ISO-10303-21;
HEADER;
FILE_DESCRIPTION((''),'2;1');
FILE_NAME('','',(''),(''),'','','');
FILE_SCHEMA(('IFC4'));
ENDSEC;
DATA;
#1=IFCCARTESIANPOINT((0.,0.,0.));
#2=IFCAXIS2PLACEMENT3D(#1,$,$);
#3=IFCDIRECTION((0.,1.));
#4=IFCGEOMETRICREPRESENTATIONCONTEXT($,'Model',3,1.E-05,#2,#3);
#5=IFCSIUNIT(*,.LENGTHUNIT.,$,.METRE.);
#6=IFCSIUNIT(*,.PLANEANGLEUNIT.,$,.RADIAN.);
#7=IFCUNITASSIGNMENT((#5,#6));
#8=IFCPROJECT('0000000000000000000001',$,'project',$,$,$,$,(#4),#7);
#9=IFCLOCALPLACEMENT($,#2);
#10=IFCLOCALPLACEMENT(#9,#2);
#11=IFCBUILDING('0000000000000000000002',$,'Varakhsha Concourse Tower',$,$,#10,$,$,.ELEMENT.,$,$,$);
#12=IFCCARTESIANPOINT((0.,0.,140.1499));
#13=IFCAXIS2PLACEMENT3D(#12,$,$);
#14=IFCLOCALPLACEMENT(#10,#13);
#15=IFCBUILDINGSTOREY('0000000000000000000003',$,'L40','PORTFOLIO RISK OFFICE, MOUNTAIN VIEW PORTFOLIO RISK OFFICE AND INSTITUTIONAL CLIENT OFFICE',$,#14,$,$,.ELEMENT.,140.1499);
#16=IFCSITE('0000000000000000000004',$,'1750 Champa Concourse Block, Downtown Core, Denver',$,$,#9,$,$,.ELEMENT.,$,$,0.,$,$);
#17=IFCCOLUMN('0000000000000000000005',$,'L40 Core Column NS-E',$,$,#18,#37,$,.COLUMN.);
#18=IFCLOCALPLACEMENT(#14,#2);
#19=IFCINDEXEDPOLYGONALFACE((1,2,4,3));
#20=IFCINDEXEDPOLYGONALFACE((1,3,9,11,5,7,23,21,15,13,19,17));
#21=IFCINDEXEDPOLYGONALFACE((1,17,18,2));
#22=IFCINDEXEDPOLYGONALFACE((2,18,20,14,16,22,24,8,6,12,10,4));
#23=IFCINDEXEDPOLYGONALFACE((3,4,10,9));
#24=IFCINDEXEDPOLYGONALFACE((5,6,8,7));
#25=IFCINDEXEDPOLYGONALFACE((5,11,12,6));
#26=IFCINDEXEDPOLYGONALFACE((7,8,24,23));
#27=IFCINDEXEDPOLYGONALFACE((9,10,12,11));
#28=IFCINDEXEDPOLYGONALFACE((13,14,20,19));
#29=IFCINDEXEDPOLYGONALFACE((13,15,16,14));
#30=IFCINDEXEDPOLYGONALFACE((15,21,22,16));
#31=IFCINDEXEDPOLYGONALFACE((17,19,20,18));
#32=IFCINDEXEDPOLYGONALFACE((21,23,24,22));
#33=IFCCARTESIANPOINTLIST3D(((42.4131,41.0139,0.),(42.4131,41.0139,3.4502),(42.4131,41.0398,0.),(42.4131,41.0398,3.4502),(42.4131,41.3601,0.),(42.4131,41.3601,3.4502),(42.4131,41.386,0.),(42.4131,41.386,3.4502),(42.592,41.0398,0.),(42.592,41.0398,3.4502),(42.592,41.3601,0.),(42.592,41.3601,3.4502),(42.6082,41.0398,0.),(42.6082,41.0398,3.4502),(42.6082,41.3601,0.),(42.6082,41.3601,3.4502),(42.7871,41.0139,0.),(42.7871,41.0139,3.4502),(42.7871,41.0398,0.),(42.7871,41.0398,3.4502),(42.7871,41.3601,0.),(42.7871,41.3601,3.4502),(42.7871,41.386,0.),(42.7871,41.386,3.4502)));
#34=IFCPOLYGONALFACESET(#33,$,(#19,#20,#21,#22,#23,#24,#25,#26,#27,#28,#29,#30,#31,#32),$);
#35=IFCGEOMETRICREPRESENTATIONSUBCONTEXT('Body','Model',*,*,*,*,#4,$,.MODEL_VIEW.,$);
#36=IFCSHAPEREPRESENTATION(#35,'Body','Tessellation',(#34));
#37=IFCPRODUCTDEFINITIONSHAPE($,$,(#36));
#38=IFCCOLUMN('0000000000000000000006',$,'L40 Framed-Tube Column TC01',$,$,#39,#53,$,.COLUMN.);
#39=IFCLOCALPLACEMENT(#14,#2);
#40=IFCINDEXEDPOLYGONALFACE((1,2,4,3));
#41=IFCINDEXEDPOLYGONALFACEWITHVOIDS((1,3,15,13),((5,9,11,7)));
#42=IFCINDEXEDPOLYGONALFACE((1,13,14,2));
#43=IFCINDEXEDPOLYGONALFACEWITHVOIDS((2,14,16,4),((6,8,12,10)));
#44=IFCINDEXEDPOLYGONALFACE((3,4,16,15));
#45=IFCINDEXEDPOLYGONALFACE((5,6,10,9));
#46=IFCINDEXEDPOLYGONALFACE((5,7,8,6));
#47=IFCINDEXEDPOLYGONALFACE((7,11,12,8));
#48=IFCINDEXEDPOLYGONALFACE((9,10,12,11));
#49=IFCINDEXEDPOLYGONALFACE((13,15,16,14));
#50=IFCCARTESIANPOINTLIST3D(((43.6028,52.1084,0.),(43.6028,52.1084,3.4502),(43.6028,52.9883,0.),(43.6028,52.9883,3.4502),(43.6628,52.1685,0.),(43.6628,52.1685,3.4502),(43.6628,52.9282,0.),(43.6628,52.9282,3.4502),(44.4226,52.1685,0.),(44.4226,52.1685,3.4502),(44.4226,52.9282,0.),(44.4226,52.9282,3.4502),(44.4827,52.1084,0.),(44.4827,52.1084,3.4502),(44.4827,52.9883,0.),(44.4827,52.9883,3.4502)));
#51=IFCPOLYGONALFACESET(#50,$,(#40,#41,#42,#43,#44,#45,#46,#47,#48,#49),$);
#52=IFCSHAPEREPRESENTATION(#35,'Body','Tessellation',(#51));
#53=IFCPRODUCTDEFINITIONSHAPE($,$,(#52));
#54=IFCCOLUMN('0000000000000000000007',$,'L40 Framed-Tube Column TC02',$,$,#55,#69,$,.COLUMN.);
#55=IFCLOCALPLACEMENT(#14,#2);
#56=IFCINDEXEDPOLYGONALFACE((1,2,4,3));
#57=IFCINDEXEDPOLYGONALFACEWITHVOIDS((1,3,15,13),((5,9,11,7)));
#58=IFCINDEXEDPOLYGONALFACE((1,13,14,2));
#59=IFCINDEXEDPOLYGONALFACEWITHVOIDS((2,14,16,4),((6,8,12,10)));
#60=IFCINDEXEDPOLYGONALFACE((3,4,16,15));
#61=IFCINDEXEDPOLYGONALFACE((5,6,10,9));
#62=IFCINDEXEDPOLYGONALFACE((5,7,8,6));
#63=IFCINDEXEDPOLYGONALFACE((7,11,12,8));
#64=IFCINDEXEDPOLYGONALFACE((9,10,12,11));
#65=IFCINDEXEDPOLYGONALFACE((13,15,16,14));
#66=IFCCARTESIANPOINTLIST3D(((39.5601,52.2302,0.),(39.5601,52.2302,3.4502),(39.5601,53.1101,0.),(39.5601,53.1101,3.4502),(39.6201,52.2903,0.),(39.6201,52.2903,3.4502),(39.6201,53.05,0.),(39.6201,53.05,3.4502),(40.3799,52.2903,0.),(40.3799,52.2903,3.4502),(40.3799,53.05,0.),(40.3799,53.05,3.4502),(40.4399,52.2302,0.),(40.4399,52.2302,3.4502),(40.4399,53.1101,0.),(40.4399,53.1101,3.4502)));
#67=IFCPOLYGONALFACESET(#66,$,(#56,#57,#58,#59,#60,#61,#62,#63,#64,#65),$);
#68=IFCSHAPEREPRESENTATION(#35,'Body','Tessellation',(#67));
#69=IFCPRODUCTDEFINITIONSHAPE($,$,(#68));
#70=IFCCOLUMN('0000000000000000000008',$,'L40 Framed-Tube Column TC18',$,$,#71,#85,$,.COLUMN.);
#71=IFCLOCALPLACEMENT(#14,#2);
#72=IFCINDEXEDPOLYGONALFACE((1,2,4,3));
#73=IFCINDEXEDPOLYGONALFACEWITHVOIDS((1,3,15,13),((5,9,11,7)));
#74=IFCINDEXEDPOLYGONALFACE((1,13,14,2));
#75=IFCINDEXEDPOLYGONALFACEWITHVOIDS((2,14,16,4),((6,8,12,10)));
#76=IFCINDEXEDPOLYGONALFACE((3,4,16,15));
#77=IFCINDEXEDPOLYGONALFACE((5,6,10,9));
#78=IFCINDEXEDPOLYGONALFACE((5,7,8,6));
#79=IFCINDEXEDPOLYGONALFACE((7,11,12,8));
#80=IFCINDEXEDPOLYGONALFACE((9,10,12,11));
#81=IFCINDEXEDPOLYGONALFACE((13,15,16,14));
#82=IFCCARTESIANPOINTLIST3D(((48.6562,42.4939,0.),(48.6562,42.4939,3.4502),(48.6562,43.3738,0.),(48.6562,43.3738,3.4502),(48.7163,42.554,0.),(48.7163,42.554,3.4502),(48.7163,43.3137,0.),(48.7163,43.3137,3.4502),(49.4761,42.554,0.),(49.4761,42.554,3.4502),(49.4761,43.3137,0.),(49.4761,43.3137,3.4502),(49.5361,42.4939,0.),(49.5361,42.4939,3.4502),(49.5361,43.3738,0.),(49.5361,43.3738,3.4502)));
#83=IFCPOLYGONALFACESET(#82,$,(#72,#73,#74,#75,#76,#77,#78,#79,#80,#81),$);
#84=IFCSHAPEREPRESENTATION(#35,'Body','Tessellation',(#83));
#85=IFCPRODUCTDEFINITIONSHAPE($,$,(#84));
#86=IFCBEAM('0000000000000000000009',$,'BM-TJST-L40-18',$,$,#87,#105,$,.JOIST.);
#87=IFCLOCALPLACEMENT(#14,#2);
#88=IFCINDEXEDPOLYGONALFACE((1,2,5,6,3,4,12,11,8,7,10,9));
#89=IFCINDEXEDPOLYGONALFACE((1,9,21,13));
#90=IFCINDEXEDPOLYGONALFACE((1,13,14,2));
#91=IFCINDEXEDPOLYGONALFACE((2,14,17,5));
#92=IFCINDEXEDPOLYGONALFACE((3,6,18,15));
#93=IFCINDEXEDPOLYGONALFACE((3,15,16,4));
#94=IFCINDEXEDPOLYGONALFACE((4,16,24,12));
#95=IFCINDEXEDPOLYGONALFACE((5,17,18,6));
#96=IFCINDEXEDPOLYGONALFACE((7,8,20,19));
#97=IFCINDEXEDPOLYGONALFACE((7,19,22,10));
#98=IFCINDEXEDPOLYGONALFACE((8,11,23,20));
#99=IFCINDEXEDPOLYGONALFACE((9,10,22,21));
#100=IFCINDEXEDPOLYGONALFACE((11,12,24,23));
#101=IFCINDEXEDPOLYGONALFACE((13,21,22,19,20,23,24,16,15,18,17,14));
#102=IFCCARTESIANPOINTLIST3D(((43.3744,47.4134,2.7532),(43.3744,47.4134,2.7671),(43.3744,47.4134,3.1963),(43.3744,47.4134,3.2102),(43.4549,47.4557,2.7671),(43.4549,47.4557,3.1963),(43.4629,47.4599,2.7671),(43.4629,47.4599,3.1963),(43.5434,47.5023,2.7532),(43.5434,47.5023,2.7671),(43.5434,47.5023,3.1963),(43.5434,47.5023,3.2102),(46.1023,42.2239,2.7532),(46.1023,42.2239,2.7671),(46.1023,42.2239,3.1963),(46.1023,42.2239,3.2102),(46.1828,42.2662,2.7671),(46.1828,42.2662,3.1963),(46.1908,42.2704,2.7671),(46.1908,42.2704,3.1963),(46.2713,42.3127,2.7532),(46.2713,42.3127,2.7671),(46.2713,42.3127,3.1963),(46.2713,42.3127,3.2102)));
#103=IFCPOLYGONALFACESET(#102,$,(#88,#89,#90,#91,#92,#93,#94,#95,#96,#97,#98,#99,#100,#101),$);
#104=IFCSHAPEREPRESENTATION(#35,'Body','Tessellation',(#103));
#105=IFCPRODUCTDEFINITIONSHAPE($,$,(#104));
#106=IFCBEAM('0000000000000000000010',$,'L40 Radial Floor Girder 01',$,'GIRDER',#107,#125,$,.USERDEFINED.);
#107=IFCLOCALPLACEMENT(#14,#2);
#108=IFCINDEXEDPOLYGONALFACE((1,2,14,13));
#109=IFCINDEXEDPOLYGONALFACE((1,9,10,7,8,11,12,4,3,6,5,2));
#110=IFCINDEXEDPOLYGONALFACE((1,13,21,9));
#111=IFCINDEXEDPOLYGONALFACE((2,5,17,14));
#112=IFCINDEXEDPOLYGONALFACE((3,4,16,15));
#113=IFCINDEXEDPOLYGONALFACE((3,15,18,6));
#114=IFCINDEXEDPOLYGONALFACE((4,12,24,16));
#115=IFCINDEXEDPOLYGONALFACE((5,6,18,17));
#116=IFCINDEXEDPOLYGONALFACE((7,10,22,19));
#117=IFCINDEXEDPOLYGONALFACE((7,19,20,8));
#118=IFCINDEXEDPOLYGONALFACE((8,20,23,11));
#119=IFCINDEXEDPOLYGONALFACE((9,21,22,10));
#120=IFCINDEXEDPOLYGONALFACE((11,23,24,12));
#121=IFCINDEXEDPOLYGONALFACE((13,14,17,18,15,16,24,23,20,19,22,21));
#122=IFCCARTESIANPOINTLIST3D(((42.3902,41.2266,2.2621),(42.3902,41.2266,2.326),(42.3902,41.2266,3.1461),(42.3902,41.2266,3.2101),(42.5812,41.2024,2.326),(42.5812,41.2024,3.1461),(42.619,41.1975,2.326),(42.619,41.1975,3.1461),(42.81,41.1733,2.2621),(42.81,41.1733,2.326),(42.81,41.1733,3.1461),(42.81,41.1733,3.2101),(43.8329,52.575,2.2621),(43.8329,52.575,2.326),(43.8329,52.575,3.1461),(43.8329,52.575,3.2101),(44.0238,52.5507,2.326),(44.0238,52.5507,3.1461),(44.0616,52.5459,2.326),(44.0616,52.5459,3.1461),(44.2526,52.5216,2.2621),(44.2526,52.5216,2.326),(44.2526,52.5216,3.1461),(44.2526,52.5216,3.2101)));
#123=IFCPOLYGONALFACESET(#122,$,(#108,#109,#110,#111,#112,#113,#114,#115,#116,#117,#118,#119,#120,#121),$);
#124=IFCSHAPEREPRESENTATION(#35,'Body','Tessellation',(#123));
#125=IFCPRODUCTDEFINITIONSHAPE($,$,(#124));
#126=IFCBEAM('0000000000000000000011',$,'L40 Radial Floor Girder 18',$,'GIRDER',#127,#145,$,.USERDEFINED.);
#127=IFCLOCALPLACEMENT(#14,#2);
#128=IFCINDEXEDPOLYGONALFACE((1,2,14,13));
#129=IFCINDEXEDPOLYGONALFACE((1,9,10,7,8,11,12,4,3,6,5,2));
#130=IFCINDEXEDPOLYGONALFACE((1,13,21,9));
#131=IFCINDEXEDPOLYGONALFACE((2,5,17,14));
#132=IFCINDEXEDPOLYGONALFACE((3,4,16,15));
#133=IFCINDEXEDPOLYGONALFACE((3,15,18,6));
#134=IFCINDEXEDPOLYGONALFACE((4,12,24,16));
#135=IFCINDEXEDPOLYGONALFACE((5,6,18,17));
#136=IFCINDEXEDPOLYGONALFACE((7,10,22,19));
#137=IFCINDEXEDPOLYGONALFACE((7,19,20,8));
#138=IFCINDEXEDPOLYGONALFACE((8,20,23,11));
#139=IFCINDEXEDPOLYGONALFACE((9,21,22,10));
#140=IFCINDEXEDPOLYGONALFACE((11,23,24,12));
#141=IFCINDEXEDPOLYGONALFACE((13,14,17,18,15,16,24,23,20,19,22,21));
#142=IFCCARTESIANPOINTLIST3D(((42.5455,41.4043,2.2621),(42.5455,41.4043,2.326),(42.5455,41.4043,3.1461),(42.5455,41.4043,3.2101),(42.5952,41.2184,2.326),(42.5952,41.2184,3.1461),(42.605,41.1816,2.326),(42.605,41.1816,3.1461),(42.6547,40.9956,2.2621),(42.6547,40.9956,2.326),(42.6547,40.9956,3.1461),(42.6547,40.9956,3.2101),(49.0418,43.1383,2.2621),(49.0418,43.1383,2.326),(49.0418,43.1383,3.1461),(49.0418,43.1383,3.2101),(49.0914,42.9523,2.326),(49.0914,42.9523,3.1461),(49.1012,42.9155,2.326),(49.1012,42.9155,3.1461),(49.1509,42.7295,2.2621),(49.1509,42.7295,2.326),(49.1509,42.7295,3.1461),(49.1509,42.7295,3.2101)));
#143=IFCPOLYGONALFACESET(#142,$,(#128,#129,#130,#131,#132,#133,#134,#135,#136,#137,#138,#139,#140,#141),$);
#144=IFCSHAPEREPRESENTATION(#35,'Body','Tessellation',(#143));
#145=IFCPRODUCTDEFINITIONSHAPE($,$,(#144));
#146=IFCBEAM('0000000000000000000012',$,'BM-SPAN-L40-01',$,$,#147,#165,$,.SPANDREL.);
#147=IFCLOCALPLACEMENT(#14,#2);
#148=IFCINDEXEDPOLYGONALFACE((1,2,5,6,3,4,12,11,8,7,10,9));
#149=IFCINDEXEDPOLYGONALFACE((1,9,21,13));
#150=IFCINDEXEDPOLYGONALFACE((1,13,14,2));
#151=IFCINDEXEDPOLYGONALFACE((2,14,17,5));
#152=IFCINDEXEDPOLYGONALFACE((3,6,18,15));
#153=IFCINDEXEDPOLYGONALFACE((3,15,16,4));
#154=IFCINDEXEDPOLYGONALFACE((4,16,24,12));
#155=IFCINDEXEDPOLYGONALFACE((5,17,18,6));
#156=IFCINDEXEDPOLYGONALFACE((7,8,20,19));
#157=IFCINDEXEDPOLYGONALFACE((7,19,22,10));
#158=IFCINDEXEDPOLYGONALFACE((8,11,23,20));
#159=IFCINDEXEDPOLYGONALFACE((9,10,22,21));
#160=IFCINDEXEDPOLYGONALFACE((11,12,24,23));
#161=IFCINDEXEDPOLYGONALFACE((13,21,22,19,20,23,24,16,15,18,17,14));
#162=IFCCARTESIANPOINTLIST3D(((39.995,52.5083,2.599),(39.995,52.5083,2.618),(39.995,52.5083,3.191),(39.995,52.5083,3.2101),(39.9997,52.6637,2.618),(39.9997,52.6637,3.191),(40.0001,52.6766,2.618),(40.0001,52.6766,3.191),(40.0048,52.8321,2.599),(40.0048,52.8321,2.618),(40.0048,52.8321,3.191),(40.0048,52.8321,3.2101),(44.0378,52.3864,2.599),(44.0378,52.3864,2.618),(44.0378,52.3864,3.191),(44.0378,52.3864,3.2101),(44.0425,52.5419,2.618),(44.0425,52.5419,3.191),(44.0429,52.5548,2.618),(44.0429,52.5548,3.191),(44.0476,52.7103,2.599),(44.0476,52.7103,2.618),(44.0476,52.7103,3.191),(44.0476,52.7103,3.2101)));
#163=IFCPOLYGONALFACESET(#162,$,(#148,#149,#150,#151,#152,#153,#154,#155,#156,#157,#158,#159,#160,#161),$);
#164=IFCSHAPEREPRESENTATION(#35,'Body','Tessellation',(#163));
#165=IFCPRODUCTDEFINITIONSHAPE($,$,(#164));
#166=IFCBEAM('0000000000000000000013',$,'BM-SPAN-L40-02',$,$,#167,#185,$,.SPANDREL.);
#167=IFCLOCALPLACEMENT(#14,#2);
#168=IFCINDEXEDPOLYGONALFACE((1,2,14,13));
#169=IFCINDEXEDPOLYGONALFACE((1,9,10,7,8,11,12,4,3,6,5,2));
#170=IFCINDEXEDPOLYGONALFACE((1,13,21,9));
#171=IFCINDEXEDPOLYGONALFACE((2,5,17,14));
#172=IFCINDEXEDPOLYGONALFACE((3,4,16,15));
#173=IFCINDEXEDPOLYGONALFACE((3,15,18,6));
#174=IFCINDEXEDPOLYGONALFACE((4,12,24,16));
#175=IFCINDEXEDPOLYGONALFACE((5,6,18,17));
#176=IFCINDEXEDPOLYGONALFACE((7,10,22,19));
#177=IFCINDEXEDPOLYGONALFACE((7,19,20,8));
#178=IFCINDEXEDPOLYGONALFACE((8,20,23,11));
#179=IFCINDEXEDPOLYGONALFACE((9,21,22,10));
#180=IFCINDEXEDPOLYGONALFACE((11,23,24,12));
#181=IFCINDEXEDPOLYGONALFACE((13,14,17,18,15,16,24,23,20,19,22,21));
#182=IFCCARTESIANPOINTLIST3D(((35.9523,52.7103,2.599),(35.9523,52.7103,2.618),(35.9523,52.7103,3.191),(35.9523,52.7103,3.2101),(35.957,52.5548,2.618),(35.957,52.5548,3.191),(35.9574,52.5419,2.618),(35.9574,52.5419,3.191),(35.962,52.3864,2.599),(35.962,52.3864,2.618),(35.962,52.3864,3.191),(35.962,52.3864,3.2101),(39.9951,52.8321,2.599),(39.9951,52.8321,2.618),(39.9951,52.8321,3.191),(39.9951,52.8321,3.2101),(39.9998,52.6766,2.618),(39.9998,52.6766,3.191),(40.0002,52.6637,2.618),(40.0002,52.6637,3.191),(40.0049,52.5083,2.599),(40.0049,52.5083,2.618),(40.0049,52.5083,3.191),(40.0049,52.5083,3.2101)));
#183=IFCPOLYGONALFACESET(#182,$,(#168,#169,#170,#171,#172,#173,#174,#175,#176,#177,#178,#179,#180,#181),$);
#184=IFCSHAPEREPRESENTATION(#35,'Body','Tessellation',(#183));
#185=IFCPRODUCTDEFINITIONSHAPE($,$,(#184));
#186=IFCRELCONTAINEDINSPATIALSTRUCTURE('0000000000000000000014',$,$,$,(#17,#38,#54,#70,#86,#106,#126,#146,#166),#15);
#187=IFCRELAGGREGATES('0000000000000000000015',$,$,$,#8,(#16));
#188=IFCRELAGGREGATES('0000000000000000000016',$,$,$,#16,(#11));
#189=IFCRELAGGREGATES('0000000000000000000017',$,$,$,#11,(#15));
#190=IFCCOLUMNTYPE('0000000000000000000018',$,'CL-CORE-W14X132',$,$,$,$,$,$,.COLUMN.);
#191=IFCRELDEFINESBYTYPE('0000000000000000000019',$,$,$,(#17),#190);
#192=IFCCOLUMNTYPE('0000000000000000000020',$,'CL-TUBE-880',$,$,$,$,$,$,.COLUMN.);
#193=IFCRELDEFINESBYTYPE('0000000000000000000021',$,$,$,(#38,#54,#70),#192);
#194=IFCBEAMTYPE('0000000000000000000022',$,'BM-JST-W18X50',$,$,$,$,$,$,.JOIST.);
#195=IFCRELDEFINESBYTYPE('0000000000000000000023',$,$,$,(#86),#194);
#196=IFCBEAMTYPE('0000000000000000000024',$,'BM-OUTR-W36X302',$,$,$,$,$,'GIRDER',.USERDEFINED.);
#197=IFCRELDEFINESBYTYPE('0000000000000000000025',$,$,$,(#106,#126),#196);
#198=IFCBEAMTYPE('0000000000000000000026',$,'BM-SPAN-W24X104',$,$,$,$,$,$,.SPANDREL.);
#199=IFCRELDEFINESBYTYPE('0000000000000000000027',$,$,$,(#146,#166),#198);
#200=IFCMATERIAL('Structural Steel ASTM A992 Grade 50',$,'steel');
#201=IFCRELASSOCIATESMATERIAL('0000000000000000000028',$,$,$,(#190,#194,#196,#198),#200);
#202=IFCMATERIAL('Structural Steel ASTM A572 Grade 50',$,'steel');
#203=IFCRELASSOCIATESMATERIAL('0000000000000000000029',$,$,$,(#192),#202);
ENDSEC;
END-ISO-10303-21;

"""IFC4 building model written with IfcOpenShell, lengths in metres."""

from ifc_helpers import new_model, si_unit, direction, frame, origin, origin_2d, place, context, subcontext, project, spatial, hollow_rectangle, i_section, extrude, material, material_profile, profile_set, type_object, element, save


model = new_model("IFC4")

# Units and contexts
model_context = context("Model", 3, precision=1e-05, world=origin(), true_north=direction((0.0, 1.0)))
body_context = subcontext(model_context, "Body", "Model", "MODEL_VIEW")
ifc_project = project(units=[si_unit("LENGTHUNIT", "METRE"), si_unit("PLANEANGLEUNIT", "RADIAN")], contexts=[model_context])

# Site, building, storey
site_placement = place(None, origin())
site = spatial("IfcSite", under=ifc_project, at=site_placement, Name="1750 Champa Concourse Block, Downtown Core, Denver", CompositionType="ELEMENT", RefElevation=0.0)
building_placement = place(site_placement, origin())
building = spatial("IfcBuilding", under=site, at=building_placement, Name="Varakhsha Concourse Tower", CompositionType="ELEMENT")
storey_placement = place(building_placement, frame((0.0, 0.0, 140.1499)))
storey = spatial("IfcBuildingStorey", under=building, at=storey_placement, Name="L40", Description="PORTFOLIO RISK OFFICE, MOUNTAIN VIEW PORTFOLIO RISK OFFICE AND INSTITUTIONAL CLIENT OFFICE", CompositionType="ELEMENT", Elevation=140.1499)

# Columns
ifc_material_1 = material(Name="Structural Steel ASTM A992 Grade 50", Category="steel")
ifc_material_profile_1 = material_profile(ifc_material_1, i_section(OverallWidth=0.374, OverallDepth=0.3721, WebThickness=0.0161, FlangeThickness=0.0259, at=origin_2d()), Name="W14X132")
ifc_profile_set_1 = profile_set([ifc_material_profile_1], Name="Structural Steel ASTM A992 Grade 50")
column_type_1 = type_object("IfcColumnType", Name="CL-CORE-W14X132", PredefinedType="COLUMN", material=ifc_profile_set_1)
column_placement = place(storey_placement, frame((42.6001, 41.2, 0.0), z_axis=(0.0, 0.0, 1.0), x_axis=(1.0, 0.0, 0.0)))
element("IfcColumn", 1, at=column_placement, inside=storey, type_object=column_type_1, Name="L40 Core Column NS-E", PredefinedType="COLUMN", context=body_context, shape_type="SweptSolid", body=[
    extrude(i_section(OverallWidth=0.374, OverallDepth=0.3721, WebThickness=0.0161, FlangeThickness=0.0259, at=origin_2d()), origin(), (0.0, 0.0, 1.0), 3.4502),
])
ifc_material_2 = material(Name="Structural Steel ASTM A572 Grade 50", Category="steel")
ifc_material_profile_2 = material_profile(ifc_material_2, hollow_rectangle(XDim=0.8799, YDim=0.8799, WallThickness=0.0601, at=origin_2d()), Name="BOX 880x880x60")
ifc_profile_set_2 = profile_set([ifc_material_profile_2], Name="Structural Steel ASTM A572 Grade 50")
column_type_2 = type_object("IfcColumnType", Name="CL-TUBE-880", PredefinedType="COLUMN", material=ifc_profile_set_2)
for number, where, z_axis, x_axis, name in (
    (2, (44.0427, 52.5483, 0.0), (0.0, 0.0, 1.0), (1.0, 0.0, 0.0), "L40 Framed-Tube Column TC01"),
    (3, (40.0, 52.6702, 0.0), (0.0, 0.0, 1.0), (1.0, 0.0, 0.0), "L40 Framed-Tube Column TC02"),
    (4, (49.0962, 42.9338, 0.0), (0.0, 0.0, 1.0), (1.0, 0.0, 0.0), "L40 Framed-Tube Column TC18"),
):
    element("IfcColumn", number, at=place(storey_placement, frame(where, z_axis=z_axis, x_axis=x_axis)), inside=storey, type_object=column_type_2, Name=name, PredefinedType="COLUMN", context=body_context, shape_type="SweptSolid", body=[
        extrude(hollow_rectangle(XDim=0.8799, YDim=0.8799, WallThickness=0.0601, at=origin_2d()), origin(), (0.0, 0.0, 1.0), 3.4502),
    ])

# Beams
ifc_material_profile_3 = material_profile(ifc_material_1, i_section(OverallWidth=0.1909, OverallDepth=0.457, WebThickness=0.009, FlangeThickness=0.0139, at=origin_2d()), Name="W18X50")
ifc_profile_set_3 = profile_set([ifc_material_profile_3], Name="Structural Steel ASTM A992 Grade 50")
beam_type_1 = type_object("IfcBeamType", Name="BM-JST-W18X50", PredefinedType="JOIST", material=ifc_profile_set_3)
beam_1_placement = place(storey_placement, frame((46.1868, 42.2683, 2.9817), z_axis=(-0.465278, 0.885165, 0.0), x_axis=(-0.885165, -0.465278, 0.0)))
element("IfcBeam", 5, at=beam_1_placement, inside=storey, type_object=beam_type_1, Name="BM-TJST-L40-18", PredefinedType="JOIST", context=body_context, shape_type="SweptSolid", body=[
    extrude(i_section(OverallWidth=0.1909, OverallDepth=0.457, WebThickness=0.009, FlangeThickness=0.0139, at=origin_2d()), origin(), (0.0, 0.0, 1.0), 5.8628),
])
ifc_material_profile_4 = material_profile(ifc_material_1, i_section(OverallWidth=0.4231, OverallDepth=0.948, WebThickness=0.0381, FlangeThickness=0.064, at=origin_2d()), Name="W36X302")
ifc_profile_set_4 = profile_set([ifc_material_profile_4], Name="Structural Steel ASTM A992 Grade 50")
beam_type_2 = type_object("IfcBeamType", Name="BM-OUTR-W36X302", ElementType="GIRDER", PredefinedType="USERDEFINED", material=ifc_profile_set_4)
beam_2_placement = place(storey_placement, frame((42.6001, 41.2, 2.7361), z_axis=(0.126107, 0.992017, 0.0), x_axis=(-0.992017, 0.126107, 0.0)))
element("IfcBeam", 6, at=beam_2_placement, inside=storey, type_object=beam_type_2, Name="L40 Radial Floor Girder 01", ObjectType="GIRDER", PredefinedType="USERDEFINED", context=body_context, shape_type="SweptSolid", body=[
    extrude(i_section(OverallWidth=0.4231, OverallDepth=0.948, WebThickness=0.0381, FlangeThickness=0.064, at=origin_2d()), origin(), (0.0, 0.0, 1.0), 11.4397),
])
beam_3_placement = place(storey_placement, frame((42.6001, 41.2, 2.7361), z_axis=(0.966176, 0.257884, 0.0), x_axis=(-0.257884, 0.966176, 0.0)))
element("IfcBeam", 7, at=beam_3_placement, inside=storey, type_object=beam_type_2, Name="L40 Radial Floor Girder 18", ObjectType="GIRDER", PredefinedType="USERDEFINED", context=body_context, shape_type="SweptSolid", body=[
    extrude(i_section(OverallWidth=0.4231, OverallDepth=0.948, WebThickness=0.0381, FlangeThickness=0.064, at=origin_2d()), origin(), (0.0, 0.0, 1.0), 6.7236),
])
ifc_material_profile_5 = material_profile(ifc_material_1, i_section(OverallWidth=0.324, OverallDepth=0.6111, WebThickness=0.0129, FlangeThickness=0.019, at=origin_2d()), Name="W24X104")
ifc_profile_set_5 = profile_set([ifc_material_profile_5], Name="Structural Steel ASTM A992 Grade 50")
beam_type_3 = type_object("IfcBeamType", Name="BM-SPAN-W24X104", PredefinedType="SPANDREL", material=ifc_profile_set_5)
for number, where, z_axis, x_axis, name in (
    (8, (44.0427, 52.5483, 2.9045), (-0.999546, 0.030121, 0.0), (-0.030121, -0.999546, 0.0), "BM-SPAN-L40-01"),
    (9, (40.0, 52.6702, 2.9045), (-0.999546, -0.030121, 0.0), (0.030121, -0.999546, 0.0), "BM-SPAN-L40-02"),
):
    element("IfcBeam", number, at=place(storey_placement, frame(where, z_axis=z_axis, x_axis=x_axis)), inside=storey, type_object=beam_type_3, Name=name, PredefinedType="SPANDREL", context=body_context, shape_type="SweptSolid", body=[
        extrude(i_section(OverallWidth=0.324, OverallDepth=0.6111, WebThickness=0.0129, FlangeThickness=0.019, at=origin_2d()), origin(), (0.0, 0.0, 1.0), 4.0447),
    ])

save(model, "model.ifc")
